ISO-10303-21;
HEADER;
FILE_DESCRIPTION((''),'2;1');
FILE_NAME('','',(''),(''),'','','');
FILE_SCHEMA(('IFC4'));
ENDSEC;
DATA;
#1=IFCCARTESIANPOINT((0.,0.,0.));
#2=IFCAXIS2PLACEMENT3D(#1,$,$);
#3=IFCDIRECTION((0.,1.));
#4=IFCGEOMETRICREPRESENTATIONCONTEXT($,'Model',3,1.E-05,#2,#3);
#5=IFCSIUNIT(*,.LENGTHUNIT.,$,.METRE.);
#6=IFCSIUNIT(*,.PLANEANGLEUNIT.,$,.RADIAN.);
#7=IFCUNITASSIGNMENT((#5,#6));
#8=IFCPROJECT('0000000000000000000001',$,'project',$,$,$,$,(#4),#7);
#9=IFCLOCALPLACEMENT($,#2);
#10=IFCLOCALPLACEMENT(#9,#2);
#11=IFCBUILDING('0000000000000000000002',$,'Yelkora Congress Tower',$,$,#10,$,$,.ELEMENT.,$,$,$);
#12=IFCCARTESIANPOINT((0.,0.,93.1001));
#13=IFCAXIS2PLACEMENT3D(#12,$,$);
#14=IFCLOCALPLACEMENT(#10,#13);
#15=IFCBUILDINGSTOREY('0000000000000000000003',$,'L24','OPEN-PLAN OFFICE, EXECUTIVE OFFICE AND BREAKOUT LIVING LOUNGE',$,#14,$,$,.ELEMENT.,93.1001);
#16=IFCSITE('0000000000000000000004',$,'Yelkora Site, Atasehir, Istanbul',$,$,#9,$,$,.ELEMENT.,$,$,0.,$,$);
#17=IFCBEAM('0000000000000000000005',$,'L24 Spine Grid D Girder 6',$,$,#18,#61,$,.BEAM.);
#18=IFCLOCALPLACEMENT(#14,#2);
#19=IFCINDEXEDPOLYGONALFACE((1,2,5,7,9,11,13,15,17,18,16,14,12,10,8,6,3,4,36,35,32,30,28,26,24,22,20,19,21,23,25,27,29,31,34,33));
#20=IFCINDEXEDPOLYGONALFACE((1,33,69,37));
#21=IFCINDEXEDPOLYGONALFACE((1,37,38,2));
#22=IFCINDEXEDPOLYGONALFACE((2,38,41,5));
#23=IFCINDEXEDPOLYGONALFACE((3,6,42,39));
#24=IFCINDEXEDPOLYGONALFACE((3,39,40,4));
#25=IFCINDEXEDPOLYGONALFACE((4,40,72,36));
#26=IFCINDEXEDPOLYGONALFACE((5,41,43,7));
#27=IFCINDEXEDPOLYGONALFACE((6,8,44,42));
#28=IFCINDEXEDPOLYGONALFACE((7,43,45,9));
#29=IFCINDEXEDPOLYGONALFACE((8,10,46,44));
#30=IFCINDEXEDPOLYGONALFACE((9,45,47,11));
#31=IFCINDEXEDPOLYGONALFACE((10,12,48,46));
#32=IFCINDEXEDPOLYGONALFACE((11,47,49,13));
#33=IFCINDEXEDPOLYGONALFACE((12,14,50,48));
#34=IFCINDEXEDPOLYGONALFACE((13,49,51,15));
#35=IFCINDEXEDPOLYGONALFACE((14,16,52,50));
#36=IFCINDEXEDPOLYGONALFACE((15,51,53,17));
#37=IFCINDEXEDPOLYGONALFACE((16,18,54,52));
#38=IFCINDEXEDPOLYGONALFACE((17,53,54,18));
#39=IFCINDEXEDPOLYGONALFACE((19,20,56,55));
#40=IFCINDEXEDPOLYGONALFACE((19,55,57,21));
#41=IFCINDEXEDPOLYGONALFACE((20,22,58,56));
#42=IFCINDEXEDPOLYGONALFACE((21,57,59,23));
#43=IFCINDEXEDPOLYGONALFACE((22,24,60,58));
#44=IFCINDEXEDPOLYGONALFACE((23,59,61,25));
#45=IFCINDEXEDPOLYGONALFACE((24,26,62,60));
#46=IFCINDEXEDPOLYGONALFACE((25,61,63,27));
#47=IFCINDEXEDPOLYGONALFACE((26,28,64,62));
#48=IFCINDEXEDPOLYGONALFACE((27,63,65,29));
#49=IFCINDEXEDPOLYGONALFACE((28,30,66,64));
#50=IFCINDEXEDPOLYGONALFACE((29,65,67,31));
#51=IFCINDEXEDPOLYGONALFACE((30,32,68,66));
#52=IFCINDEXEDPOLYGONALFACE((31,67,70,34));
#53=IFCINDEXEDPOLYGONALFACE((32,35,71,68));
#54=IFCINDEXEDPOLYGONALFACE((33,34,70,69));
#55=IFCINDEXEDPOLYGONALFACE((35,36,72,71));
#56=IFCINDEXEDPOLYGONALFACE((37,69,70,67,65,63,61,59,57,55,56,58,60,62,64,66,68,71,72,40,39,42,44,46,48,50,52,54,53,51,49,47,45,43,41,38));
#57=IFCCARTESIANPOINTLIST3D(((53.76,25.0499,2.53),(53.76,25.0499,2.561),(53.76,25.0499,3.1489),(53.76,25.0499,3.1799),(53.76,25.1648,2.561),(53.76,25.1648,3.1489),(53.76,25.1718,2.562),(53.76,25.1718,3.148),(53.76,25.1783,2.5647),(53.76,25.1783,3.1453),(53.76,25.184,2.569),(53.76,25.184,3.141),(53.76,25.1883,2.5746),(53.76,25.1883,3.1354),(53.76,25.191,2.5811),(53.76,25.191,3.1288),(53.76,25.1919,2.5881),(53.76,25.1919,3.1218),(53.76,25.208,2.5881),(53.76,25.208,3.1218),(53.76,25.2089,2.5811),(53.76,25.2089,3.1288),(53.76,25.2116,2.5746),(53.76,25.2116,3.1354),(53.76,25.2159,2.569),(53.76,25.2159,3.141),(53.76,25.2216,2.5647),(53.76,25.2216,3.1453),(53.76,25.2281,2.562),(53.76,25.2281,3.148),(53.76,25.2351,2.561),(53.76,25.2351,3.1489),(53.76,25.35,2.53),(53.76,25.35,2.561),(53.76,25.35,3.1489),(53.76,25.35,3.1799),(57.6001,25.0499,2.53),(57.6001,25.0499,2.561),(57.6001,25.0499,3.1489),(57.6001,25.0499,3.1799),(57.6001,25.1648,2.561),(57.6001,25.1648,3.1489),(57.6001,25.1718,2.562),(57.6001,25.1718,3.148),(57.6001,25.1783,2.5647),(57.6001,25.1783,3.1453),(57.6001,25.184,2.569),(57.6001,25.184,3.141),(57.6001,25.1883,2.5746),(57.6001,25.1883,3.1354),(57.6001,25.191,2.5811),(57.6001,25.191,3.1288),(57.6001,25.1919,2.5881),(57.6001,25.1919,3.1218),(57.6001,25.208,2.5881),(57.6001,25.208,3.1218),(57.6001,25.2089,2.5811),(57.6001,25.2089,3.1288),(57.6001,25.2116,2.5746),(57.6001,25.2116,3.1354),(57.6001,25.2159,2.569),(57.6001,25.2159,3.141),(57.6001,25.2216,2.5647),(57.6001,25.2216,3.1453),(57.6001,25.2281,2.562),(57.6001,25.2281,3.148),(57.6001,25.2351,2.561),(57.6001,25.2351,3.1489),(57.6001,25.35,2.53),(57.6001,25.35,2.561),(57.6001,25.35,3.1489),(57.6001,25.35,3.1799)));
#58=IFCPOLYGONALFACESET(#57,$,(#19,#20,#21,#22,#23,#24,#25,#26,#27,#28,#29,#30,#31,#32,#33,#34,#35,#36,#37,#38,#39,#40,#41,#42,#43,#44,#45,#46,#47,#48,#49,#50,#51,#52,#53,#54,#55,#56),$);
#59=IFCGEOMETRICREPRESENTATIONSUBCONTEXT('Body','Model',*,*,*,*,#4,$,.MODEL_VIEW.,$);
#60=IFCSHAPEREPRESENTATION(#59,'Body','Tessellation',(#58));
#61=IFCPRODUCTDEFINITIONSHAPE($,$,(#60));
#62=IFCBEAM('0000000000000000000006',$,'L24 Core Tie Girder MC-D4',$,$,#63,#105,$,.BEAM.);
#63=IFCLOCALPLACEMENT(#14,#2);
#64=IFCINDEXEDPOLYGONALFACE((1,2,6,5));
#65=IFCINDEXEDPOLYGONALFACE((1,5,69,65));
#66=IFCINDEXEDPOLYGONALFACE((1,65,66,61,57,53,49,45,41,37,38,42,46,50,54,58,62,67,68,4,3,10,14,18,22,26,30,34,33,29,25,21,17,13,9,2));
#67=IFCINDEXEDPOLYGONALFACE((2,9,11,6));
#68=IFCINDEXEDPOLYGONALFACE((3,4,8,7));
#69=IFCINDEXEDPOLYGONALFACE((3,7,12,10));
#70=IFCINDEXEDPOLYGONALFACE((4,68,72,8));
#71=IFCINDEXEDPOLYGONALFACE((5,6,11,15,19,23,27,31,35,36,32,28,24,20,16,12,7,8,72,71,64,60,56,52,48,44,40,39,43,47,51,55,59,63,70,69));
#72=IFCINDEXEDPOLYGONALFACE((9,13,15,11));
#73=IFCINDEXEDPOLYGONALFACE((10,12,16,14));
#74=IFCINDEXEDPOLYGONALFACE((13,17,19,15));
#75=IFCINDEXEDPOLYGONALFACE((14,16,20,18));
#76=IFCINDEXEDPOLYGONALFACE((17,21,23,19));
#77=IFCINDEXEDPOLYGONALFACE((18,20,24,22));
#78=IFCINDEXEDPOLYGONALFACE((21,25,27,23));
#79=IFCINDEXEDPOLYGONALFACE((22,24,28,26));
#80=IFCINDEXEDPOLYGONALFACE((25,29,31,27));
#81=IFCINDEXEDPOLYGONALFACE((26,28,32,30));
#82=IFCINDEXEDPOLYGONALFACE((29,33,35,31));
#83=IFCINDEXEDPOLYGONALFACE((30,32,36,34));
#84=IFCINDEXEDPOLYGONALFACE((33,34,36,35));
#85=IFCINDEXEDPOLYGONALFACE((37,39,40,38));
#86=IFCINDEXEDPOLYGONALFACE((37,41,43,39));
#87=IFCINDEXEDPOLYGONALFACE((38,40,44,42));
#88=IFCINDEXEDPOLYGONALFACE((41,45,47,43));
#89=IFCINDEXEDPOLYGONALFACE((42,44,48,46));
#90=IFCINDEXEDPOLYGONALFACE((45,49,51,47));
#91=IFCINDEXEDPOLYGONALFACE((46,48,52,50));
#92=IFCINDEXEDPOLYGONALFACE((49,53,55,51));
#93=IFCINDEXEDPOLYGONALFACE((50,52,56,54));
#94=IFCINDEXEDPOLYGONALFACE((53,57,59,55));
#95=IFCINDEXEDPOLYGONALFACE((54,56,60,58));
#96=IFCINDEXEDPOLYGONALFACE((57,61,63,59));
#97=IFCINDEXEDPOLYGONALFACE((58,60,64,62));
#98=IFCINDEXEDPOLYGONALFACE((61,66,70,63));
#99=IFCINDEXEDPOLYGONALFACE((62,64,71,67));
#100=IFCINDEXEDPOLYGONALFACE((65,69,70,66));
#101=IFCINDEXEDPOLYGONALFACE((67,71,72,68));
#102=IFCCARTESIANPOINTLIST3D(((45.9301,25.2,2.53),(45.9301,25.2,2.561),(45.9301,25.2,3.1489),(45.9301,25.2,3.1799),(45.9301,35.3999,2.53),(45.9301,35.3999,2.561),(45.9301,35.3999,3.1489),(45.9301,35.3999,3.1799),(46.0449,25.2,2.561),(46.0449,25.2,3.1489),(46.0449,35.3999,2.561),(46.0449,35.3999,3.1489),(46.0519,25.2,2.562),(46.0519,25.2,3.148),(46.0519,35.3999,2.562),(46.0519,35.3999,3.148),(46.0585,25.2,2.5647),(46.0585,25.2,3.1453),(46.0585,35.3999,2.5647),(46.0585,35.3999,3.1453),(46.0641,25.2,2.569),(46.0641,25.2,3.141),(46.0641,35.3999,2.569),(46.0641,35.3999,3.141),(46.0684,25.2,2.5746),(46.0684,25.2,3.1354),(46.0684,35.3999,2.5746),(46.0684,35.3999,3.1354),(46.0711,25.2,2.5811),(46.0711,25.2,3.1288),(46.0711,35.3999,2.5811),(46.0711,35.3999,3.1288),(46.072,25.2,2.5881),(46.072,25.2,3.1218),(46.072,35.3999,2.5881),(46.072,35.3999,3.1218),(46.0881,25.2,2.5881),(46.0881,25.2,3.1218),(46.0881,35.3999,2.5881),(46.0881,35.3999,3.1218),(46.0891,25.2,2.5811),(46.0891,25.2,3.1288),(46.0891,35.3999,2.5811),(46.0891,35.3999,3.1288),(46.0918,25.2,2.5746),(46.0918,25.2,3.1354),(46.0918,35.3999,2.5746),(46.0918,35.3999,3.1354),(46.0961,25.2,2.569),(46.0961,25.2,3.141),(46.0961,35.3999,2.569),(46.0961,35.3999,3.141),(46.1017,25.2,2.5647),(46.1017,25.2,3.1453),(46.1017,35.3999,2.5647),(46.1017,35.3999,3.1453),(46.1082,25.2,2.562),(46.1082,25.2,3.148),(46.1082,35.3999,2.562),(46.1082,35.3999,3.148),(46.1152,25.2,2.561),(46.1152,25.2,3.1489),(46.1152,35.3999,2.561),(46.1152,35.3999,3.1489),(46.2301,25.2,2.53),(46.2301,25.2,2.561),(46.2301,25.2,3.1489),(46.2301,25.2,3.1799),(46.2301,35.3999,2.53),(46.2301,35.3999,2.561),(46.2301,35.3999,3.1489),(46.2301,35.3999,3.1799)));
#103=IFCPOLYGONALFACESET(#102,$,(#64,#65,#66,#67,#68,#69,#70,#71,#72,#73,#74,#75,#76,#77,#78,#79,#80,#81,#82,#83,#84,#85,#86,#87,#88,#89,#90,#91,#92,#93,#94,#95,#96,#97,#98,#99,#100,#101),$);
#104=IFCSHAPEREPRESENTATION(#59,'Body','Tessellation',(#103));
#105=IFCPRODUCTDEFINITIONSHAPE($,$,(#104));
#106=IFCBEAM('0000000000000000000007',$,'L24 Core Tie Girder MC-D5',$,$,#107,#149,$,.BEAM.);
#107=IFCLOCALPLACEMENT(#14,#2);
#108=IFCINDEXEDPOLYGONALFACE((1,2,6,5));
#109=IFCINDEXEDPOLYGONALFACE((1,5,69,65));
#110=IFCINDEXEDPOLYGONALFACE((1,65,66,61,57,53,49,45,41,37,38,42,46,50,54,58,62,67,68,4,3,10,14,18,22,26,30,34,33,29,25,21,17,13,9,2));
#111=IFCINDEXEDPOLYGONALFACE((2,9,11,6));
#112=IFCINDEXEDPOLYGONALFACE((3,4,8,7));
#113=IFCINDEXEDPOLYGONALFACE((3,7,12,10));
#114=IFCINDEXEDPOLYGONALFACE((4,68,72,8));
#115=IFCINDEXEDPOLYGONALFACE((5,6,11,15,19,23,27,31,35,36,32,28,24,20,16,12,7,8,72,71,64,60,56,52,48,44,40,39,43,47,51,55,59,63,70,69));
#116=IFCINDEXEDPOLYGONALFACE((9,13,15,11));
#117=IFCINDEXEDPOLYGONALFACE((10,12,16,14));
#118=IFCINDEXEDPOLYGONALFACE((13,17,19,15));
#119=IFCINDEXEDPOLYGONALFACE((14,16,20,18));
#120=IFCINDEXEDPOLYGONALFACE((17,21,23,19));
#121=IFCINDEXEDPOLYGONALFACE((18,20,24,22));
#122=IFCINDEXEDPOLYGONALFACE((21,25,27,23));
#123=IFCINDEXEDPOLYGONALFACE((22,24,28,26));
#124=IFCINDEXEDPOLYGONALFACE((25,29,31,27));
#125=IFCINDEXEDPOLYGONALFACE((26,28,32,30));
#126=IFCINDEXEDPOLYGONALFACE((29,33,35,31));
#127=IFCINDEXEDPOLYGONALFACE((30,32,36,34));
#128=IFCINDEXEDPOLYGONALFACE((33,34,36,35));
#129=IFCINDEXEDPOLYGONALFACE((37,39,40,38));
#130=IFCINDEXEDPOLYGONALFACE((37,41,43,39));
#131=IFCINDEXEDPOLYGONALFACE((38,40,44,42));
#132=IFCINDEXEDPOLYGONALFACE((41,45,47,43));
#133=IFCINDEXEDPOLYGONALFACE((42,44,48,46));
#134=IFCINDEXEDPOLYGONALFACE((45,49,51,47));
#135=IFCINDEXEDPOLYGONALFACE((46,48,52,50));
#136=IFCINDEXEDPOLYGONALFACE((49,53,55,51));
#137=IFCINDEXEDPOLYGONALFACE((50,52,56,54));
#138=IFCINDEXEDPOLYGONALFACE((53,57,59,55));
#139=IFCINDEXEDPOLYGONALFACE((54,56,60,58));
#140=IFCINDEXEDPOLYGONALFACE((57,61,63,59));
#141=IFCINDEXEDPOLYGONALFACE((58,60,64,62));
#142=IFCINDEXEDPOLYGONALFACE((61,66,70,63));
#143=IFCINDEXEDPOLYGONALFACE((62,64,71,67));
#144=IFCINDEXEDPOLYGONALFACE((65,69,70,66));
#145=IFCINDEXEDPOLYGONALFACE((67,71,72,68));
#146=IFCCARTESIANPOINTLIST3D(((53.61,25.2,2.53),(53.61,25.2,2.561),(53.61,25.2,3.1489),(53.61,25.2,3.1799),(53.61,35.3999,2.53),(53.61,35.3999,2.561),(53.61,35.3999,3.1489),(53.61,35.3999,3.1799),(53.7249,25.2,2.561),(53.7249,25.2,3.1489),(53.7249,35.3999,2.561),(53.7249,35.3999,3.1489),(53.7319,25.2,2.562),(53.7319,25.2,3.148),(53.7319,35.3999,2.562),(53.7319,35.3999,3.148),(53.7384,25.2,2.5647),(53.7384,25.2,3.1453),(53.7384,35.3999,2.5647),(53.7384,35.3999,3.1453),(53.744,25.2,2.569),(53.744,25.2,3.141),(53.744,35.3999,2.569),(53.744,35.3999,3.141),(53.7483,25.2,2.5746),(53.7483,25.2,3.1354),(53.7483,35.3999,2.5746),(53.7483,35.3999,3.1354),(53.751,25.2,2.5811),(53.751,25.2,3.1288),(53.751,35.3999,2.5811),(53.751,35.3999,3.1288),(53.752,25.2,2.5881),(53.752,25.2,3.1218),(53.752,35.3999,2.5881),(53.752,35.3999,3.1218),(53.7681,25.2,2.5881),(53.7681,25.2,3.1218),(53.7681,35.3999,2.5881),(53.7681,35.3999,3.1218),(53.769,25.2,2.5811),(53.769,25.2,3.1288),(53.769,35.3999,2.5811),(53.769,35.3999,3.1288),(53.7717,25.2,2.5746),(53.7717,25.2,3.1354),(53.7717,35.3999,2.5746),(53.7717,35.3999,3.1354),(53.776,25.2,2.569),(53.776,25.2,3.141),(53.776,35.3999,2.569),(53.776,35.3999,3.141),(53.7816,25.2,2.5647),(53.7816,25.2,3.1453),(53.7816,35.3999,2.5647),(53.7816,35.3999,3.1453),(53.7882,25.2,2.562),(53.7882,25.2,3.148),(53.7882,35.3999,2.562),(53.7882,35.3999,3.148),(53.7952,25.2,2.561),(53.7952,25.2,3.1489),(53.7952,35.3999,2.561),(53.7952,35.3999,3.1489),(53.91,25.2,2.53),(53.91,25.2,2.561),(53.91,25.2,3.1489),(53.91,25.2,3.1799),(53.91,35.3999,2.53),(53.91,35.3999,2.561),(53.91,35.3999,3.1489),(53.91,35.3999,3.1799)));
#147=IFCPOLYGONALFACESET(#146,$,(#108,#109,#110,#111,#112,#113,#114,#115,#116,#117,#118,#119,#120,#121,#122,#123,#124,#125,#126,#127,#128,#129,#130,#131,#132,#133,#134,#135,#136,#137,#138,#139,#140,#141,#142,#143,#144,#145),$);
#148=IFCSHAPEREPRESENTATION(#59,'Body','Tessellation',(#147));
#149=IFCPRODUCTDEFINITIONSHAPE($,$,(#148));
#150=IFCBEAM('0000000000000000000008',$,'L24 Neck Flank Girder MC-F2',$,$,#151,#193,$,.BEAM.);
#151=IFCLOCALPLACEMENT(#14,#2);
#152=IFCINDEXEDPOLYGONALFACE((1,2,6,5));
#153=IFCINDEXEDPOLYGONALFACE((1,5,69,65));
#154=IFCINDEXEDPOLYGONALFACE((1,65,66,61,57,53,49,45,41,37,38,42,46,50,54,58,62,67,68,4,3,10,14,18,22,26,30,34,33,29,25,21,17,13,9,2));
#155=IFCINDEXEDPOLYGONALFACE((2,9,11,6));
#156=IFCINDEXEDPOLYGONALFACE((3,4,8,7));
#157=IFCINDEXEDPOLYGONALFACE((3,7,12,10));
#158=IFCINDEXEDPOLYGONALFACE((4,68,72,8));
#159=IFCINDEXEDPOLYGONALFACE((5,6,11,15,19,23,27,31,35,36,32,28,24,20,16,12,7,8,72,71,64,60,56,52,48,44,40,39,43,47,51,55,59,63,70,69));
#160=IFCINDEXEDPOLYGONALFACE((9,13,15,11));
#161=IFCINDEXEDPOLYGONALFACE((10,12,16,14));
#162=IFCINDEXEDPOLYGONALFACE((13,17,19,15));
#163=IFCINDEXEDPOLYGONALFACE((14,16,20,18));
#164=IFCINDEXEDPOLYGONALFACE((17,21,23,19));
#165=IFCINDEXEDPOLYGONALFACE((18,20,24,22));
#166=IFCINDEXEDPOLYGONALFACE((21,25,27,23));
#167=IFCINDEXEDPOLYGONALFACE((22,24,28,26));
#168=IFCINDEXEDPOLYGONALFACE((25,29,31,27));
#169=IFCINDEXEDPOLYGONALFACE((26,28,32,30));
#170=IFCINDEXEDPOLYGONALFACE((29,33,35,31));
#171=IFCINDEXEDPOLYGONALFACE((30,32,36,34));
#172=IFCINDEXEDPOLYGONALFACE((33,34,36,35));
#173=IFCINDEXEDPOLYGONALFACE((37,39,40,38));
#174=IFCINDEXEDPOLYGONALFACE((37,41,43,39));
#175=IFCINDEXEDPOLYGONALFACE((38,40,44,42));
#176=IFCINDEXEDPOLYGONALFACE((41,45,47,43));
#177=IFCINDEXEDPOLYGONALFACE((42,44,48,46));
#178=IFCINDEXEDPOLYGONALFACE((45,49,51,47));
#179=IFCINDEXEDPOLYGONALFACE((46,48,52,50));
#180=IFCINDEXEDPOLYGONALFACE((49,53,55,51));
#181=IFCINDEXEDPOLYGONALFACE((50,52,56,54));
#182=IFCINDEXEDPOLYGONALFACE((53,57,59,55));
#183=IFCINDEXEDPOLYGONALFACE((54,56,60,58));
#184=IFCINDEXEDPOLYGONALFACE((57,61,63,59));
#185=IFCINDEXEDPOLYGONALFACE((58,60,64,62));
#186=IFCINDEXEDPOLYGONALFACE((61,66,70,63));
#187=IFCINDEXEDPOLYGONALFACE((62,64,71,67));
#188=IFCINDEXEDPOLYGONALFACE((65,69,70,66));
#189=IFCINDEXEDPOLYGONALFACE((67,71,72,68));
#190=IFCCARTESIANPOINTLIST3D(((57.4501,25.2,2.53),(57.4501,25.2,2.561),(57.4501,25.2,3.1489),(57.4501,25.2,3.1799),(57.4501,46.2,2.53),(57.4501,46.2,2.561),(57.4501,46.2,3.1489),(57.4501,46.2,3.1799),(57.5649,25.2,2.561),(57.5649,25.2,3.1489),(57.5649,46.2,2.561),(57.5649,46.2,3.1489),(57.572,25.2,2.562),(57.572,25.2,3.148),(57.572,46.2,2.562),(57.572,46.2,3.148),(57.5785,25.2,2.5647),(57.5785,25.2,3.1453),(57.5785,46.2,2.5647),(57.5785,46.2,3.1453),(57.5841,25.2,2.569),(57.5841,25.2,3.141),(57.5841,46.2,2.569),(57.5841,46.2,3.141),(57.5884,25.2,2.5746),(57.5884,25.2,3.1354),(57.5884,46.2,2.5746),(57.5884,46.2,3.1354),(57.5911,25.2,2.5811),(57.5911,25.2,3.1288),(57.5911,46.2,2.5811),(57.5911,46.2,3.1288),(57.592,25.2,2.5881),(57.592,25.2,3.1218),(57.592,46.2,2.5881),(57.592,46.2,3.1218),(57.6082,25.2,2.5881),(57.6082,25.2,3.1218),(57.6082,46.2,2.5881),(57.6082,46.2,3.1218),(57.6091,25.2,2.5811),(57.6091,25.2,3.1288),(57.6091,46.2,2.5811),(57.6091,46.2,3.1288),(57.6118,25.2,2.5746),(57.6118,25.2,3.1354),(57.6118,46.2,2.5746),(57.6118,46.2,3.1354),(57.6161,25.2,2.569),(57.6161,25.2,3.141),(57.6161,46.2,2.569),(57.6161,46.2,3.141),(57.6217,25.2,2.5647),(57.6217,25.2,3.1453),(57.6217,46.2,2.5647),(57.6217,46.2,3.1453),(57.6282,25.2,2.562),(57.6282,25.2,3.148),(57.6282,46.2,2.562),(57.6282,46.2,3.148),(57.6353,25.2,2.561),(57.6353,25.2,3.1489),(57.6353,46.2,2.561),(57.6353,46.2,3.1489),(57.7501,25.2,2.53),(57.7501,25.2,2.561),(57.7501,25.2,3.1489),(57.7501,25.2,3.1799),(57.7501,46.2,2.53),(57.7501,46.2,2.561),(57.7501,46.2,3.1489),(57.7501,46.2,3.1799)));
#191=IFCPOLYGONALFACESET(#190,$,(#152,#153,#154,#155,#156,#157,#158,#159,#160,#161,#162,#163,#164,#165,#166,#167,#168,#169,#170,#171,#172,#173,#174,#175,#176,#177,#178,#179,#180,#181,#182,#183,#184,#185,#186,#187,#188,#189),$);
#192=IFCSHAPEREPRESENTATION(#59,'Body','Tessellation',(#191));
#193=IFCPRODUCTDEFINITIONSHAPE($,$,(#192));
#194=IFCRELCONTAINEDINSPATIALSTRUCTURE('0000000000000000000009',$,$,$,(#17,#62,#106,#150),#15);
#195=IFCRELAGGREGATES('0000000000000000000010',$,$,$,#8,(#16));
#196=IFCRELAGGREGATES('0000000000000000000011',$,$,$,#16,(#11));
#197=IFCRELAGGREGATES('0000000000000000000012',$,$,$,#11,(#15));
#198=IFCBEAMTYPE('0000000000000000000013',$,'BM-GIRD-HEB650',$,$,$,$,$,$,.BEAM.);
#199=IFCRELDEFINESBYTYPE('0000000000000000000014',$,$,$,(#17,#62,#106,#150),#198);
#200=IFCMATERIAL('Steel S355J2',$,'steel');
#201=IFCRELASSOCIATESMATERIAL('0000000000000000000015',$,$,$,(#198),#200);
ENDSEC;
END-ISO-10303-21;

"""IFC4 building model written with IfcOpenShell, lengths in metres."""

from ifc_helpers import new_model, si_unit, direction, frame, origin, origin_2d, place, context, subcontext, project, spatial, i_section, extrude, material, material_profile, profile_set, type_object, element, save


model = new_model("IFC4")

# Units and contexts
model_context = context("Model", 3, precision=1e-05, world=origin(), true_north=direction((0.0, 1.0)))
body_context = subcontext(model_context, "Body", "Model", "MODEL_VIEW")
ifc_project = project(units=[si_unit("LENGTHUNIT", "METRE"), si_unit("PLANEANGLEUNIT", "RADIAN")], contexts=[model_context])

# Site, building, storey
site_placement = place(None, origin())
site = spatial("IfcSite", under=ifc_project, at=site_placement, Name="Yelkora Site, Atasehir, Istanbul", CompositionType="ELEMENT", RefElevation=0.0)
building_placement = place(site_placement, origin())
building = spatial("IfcBuilding", under=site, at=building_placement, Name="Yelkora Congress Tower", CompositionType="ELEMENT")
storey_placement = place(building_placement, frame((0.0, 0.0, 93.1001)))
storey = spatial("IfcBuildingStorey", under=building, at=storey_placement, Name="L24", Description="OPEN-PLAN OFFICE, EXECUTIVE OFFICE AND BREAKOUT LIVING LOUNGE", CompositionType="ELEMENT", Elevation=93.1001)

# Beams
ifc_material_1 = material(Name="Steel S355J2", Category="steel")
ifc_material_profile_1 = material_profile(ifc_material_1, i_section(OverallWidth=0.3, OverallDepth=0.6499, WebThickness=0.0161, FlangeThickness=0.031, FilletRadius=0.0271, at=origin_2d()), Name="HEB 650")
ifc_profile_set_1 = profile_set([ifc_material_profile_1], Name="Steel S355J2")
beam_type_1 = type_object("IfcBeamType", Name="BM-GIRD-HEB650", PredefinedType="BEAM", material=ifc_profile_set_1)
beam_1_placement = place(storey_placement, frame((53.76, 25.2, 2.855), z_axis=(1.0, 0.0, 0.0), x_axis=(0.0, 1.0, 0.0)))
element("IfcBeam", 1, at=beam_1_placement, inside=storey, type_object=beam_type_1, Name="L24 Spine Grid D Girder 6", PredefinedType="BEAM", context=body_context, shape_type="SweptSolid", body=[
    extrude(i_section(OverallWidth=0.3, OverallDepth=0.6499, WebThickness=0.0161, FlangeThickness=0.031, FilletRadius=0.0271, at=origin_2d()), origin(), (0.0, 0.0, 1.0), 3.8401),
])
for number, where, z_axis, x_axis, name in (
    (2, (46.0801, 25.2, 2.855), (0.0, 1.0, 0.0), (-1.0, 0.0, 0.0), "L24 Core Tie Girder MC-D4"),
    (3, (53.76, 25.2, 2.855), (0.0, 1.0, 0.0), (-1.0, 0.0, 0.0), "L24 Core Tie Girder MC-D5"),
):
    element("IfcBeam", number, at=place(storey_placement, frame(where, z_axis=z_axis, x_axis=x_axis)), inside=storey, type_object=beam_type_1, Name=name, PredefinedType="BEAM", context=body_context, shape_type="SweptSolid", body=[
        extrude(i_section(OverallWidth=0.3, OverallDepth=0.6499, WebThickness=0.0161, FlangeThickness=0.031, FilletRadius=0.0271, at=origin_2d()), origin(), (0.0, 0.0, 1.0), 10.2),
    ])
beam_2_placement = place(storey_placement, frame((57.6001, 25.2, 2.855), z_axis=(0.0, 1.0, 0.0), x_axis=(-1.0, 0.0, 0.0)))
element("IfcBeam", 4, at=beam_2_placement, inside=storey, type_object=beam_type_1, Name="L24 Neck Flank Girder MC-F2", PredefinedType="BEAM", context=body_context, shape_type="SweptSolid", body=[
    extrude(i_section(OverallWidth=0.3, OverallDepth=0.6499, WebThickness=0.0161, FlangeThickness=0.031, FilletRadius=0.0271, at=origin_2d()), origin(), (0.0, 0.0, 1.0), 21.0),
])

save(model, "model.ifc")
